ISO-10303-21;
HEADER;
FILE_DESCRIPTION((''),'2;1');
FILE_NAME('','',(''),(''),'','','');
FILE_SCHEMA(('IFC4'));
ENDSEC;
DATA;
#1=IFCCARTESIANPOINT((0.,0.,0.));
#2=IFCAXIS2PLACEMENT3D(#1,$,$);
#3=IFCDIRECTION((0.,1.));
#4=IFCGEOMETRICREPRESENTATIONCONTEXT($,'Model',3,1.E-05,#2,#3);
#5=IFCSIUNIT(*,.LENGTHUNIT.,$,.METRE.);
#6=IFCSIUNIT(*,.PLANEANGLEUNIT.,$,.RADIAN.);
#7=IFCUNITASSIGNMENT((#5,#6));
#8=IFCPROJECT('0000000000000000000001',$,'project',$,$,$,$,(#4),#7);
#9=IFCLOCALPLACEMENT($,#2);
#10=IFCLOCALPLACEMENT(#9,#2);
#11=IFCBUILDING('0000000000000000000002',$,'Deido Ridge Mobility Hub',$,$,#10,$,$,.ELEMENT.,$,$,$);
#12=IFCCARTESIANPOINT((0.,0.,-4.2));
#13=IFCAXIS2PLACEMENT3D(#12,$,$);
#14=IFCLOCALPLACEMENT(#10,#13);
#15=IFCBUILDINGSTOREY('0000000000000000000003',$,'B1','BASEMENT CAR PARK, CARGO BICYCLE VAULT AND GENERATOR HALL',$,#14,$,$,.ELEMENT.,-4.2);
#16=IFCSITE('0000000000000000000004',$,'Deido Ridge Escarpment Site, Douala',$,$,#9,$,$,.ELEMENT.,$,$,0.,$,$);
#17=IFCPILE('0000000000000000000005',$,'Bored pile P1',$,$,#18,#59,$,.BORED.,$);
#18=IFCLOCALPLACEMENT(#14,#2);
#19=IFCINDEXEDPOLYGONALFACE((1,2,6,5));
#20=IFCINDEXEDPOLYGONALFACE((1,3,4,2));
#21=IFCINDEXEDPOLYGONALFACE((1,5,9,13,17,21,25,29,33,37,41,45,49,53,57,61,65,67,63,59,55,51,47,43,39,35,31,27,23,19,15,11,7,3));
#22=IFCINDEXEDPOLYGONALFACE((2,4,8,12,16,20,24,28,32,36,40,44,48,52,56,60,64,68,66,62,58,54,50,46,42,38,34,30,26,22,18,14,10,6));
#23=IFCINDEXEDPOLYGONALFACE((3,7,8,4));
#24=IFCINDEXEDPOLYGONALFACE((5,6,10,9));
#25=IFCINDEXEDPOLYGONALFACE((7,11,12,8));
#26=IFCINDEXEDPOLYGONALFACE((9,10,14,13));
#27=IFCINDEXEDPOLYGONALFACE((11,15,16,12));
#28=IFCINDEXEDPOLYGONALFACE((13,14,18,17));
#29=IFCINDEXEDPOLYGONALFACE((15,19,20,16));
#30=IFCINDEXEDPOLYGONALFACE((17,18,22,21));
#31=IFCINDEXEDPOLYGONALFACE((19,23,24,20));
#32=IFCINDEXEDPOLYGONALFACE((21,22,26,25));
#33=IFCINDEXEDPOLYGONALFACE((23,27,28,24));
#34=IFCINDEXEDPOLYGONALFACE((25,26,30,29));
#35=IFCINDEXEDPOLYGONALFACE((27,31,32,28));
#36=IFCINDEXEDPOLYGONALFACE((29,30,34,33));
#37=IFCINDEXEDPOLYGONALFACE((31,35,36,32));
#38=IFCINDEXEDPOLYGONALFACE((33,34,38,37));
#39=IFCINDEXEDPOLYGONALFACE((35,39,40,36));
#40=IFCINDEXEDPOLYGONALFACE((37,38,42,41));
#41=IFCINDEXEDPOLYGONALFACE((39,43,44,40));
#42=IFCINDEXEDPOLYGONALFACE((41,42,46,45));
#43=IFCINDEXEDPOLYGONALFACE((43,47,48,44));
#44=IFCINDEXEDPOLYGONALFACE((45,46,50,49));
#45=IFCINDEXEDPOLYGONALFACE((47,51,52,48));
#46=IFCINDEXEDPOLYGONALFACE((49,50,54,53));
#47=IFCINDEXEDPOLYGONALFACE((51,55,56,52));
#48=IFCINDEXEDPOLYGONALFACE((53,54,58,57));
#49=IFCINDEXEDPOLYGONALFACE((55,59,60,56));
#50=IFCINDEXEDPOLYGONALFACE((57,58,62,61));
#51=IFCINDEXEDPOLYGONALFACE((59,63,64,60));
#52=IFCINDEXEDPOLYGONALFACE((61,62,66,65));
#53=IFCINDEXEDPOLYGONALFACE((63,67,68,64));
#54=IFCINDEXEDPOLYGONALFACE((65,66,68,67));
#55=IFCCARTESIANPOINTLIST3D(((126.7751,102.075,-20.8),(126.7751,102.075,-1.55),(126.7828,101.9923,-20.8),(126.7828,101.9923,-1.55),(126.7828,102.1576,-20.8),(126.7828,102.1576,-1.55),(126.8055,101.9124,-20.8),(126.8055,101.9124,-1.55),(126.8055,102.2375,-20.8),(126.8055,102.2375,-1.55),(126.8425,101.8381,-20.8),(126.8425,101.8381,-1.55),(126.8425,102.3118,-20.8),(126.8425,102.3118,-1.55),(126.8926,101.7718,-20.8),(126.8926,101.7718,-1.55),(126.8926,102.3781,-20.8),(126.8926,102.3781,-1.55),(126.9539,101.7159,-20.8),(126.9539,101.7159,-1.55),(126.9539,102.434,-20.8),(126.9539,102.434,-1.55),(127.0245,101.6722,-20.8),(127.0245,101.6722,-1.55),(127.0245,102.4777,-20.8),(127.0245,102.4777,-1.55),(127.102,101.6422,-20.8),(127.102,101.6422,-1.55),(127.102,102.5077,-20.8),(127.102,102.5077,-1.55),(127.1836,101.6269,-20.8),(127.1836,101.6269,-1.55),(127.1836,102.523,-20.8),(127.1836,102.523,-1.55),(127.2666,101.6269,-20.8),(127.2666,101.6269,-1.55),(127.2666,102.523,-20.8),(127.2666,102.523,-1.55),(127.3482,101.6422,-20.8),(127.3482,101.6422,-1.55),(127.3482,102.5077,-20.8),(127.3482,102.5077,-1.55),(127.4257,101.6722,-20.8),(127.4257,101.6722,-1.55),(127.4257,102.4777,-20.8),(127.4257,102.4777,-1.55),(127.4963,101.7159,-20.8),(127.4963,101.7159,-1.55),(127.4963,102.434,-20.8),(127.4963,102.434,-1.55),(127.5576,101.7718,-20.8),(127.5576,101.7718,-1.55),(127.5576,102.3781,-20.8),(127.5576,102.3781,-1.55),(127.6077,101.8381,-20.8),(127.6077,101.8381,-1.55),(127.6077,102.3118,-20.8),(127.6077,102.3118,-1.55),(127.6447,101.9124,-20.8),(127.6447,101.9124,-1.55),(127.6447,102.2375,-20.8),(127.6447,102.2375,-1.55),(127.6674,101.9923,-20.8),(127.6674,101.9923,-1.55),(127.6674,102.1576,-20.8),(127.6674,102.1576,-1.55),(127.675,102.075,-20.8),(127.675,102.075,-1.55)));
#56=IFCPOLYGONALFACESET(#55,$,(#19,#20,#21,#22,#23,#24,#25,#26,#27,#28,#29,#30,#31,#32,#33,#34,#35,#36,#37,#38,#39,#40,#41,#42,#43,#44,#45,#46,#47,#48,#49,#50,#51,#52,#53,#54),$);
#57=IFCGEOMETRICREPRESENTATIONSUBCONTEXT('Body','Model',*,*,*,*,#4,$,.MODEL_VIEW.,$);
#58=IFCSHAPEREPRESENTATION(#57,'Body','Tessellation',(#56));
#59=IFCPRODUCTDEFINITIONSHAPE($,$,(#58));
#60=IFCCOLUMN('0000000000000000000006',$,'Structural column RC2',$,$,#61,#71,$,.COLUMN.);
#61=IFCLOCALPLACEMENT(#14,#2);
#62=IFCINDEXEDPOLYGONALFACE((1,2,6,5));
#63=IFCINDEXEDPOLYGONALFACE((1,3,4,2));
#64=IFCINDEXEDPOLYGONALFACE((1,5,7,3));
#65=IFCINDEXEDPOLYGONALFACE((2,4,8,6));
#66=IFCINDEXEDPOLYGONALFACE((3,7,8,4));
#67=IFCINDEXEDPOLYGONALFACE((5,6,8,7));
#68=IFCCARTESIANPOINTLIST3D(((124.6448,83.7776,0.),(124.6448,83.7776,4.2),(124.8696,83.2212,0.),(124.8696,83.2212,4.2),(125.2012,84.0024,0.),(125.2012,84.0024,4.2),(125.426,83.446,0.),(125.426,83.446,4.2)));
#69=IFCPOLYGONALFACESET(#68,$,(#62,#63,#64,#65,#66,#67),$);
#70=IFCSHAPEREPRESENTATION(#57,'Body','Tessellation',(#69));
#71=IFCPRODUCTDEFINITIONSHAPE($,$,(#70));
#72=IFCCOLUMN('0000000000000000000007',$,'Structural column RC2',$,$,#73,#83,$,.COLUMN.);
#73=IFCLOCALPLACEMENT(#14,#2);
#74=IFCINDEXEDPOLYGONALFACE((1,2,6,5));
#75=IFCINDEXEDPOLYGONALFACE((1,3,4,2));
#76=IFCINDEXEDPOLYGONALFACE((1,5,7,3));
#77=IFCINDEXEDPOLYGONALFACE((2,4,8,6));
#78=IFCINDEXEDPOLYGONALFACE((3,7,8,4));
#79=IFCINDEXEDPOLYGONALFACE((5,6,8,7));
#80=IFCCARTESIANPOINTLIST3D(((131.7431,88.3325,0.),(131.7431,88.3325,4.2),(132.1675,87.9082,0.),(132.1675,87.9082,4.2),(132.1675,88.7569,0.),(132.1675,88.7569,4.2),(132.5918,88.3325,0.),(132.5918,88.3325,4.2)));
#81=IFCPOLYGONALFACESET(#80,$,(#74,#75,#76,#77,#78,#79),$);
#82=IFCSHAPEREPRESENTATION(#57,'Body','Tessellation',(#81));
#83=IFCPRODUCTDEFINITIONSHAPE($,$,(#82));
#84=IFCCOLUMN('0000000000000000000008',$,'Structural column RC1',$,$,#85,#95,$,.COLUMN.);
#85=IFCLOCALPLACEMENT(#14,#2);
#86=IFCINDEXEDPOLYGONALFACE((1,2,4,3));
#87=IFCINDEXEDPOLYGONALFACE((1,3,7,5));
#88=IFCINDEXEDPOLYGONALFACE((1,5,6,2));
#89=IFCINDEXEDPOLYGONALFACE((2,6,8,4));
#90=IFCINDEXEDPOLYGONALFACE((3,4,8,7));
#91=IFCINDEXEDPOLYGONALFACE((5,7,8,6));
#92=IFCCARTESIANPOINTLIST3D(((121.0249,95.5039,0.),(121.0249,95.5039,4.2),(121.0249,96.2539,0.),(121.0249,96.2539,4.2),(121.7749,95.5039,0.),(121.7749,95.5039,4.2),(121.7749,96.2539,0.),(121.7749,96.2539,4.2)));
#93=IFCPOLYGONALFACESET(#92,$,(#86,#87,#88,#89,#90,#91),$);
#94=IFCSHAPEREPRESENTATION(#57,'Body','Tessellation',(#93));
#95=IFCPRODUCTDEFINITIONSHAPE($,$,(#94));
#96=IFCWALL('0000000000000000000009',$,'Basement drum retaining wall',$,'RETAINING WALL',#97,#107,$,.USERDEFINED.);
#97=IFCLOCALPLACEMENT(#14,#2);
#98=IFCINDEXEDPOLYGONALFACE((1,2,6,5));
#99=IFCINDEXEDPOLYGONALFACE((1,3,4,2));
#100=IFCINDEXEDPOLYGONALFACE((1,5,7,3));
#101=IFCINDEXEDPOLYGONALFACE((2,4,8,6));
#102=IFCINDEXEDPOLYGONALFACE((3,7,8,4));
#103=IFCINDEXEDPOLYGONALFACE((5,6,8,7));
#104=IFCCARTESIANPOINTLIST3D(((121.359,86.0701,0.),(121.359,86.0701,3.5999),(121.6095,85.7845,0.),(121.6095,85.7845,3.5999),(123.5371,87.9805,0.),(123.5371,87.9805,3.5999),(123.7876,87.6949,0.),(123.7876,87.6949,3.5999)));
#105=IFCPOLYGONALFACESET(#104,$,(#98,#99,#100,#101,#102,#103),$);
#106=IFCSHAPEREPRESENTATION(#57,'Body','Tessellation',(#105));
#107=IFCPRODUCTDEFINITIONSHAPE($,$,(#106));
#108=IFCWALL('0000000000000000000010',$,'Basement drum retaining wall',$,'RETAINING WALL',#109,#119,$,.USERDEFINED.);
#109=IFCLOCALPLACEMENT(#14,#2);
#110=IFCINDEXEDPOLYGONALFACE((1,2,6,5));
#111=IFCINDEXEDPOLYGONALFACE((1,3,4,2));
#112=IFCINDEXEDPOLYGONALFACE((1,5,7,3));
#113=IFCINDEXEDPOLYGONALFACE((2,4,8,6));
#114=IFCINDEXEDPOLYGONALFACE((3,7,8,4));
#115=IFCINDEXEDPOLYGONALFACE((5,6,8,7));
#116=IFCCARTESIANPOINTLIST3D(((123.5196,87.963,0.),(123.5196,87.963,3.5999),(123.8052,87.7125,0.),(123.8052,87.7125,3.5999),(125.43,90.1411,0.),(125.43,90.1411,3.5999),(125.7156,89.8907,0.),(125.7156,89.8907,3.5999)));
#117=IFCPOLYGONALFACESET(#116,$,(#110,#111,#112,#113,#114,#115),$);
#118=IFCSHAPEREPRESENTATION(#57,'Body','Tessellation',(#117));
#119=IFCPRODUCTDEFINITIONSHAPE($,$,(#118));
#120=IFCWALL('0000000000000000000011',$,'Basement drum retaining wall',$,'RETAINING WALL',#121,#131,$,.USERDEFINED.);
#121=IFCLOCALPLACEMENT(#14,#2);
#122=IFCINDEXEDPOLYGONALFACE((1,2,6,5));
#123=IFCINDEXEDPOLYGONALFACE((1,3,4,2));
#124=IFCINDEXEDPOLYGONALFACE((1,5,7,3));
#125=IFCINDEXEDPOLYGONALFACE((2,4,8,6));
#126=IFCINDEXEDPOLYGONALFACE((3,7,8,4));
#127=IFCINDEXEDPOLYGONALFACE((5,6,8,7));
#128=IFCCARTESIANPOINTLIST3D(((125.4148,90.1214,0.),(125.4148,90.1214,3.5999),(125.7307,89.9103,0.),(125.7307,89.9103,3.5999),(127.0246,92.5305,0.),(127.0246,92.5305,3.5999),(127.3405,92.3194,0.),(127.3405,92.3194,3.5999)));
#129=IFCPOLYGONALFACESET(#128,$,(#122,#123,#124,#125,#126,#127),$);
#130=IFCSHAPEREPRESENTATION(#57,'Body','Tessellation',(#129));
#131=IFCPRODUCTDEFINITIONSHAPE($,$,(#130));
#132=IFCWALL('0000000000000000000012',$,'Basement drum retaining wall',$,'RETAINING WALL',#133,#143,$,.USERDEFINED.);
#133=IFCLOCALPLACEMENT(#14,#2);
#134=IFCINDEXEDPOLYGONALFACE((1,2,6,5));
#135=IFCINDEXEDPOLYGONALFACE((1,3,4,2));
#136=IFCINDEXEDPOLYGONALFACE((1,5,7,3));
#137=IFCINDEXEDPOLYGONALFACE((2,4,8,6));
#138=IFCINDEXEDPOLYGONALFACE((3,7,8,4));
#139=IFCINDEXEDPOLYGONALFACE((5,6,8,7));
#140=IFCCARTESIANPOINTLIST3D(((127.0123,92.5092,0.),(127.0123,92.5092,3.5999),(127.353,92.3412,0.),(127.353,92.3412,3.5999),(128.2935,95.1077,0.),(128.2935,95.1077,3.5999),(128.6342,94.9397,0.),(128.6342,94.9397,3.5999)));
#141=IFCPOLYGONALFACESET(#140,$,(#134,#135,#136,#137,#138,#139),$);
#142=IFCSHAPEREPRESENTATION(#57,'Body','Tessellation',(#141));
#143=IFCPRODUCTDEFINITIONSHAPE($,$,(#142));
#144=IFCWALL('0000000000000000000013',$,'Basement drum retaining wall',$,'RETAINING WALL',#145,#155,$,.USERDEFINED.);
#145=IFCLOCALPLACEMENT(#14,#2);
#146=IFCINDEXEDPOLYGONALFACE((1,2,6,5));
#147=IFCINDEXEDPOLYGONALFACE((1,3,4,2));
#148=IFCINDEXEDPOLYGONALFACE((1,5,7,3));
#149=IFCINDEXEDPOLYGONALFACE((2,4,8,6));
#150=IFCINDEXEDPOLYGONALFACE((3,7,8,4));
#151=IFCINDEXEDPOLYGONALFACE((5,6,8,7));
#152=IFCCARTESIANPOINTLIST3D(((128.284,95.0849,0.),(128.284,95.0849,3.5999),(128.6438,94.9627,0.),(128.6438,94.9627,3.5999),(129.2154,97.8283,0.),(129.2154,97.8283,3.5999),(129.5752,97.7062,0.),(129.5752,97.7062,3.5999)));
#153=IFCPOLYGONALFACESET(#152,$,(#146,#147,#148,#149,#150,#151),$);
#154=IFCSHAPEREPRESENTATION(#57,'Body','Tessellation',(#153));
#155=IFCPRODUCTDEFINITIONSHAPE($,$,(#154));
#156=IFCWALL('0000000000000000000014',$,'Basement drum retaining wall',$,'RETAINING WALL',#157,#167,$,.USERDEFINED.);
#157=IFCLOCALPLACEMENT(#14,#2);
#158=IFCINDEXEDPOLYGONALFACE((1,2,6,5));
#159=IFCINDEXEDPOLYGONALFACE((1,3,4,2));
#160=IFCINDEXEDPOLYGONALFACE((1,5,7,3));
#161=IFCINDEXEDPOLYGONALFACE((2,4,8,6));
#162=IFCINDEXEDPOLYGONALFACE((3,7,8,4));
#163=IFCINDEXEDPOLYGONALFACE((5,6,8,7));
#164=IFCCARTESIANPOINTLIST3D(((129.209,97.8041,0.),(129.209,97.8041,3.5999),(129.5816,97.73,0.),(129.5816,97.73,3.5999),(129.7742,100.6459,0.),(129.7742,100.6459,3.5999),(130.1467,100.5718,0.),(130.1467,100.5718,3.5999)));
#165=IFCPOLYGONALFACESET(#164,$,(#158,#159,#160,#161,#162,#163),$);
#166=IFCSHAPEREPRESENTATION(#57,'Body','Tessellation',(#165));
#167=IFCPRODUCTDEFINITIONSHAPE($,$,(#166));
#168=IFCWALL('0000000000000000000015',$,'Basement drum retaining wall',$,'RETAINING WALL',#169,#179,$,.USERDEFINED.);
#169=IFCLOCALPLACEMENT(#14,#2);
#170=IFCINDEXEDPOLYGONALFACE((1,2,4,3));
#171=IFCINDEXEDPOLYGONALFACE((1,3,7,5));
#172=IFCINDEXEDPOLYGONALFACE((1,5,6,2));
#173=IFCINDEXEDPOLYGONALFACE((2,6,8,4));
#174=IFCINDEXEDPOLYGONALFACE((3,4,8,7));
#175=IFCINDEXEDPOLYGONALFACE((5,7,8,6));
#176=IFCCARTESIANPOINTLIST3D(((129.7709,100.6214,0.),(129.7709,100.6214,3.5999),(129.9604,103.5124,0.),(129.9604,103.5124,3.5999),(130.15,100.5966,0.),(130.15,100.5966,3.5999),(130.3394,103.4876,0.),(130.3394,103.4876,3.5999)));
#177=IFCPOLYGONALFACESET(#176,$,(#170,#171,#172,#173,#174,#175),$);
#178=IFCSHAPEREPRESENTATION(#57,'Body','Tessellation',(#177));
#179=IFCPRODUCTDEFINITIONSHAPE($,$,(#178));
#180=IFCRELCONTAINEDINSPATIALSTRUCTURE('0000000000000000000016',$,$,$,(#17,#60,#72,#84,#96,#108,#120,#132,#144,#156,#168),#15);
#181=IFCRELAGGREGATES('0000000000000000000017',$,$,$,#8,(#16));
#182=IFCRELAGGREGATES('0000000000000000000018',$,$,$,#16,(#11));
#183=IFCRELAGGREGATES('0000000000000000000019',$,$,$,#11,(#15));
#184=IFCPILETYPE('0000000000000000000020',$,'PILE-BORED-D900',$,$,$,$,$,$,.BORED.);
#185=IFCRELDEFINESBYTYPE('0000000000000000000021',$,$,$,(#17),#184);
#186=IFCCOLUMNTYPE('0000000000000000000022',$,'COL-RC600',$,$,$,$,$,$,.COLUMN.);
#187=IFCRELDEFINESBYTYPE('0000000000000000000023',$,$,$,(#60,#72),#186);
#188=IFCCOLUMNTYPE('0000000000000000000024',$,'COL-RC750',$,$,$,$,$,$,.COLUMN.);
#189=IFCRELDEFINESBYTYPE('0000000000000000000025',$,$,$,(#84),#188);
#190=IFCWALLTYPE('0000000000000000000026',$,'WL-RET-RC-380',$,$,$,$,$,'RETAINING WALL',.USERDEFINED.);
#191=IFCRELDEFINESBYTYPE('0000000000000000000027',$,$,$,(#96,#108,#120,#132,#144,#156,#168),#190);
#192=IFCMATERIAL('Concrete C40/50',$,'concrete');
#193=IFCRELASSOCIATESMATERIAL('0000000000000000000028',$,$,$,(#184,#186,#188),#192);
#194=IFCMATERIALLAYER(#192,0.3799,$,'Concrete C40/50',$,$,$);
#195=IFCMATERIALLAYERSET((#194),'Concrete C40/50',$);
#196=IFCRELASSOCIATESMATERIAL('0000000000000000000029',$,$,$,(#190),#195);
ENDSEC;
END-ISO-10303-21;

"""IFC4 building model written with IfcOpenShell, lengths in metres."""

from ifc_helpers import new_model, si_unit, direction, frame, frame_2d, origin, origin_2d, place, context, subcontext, project, spatial, rectangle, circle, extrude, material, layer, layer_set, material_profile, profile_set, type_object, element, save


model = new_model("IFC4")

# Units and contexts
model_context = context("Model", 3, precision=1e-05, world=origin(), true_north=direction((0.0, 1.0)))
body_context = subcontext(model_context, "Body", "Model", "MODEL_VIEW")
ifc_project = project(units=[si_unit("LENGTHUNIT", "METRE"), si_unit("PLANEANGLEUNIT", "RADIAN")], contexts=[model_context])

# Site, building, storey
site_placement = place(None, origin())
site = spatial("IfcSite", under=ifc_project, at=site_placement, Name="Deido Ridge Escarpment Site, Douala", CompositionType="ELEMENT", RefElevation=0.0)
building_placement = place(site_placement, origin())
building = spatial("IfcBuilding", under=site, at=building_placement, Name="Deido Ridge Mobility Hub", CompositionType="ELEMENT")
storey_placement = place(building_placement, frame((0.0, 0.0, -4.2)))
storey = spatial("IfcBuildingStorey", under=building, at=storey_placement, Name="B1", Description="BASEMENT CAR PARK, CARGO BICYCLE VAULT AND GENERATOR HALL", CompositionType="ELEMENT", Elevation=-4.2)

# Shared definitions
ifc_material = material(Name="Concrete C40/50", Category="concrete")

# Pile
ifc_material_profile_1 = material_profile(ifc_material, circle(Radius=0.45, at=origin_2d()), Name="BORED PILE D900")
ifc_profile_set_1 = profile_set([ifc_material_profile_1], Name="Concrete C40/50")
pile_type = type_object("IfcPileType", Name="PILE-BORED-D900", PredefinedType="BORED", material=ifc_profile_set_1)
for number, where, z_axis, x_axis, name in (
    (1, (127.2251, 102.075, -1.55), (0.0, 0.0, -1.0), (1.0, 0.0, 0.0), "Bored pile P1"),
):
    element("IfcPile", number, at=place(storey_placement, frame(where, z_axis=z_axis, x_axis=x_axis)), inside=storey, type_object=pile_type, Name=name, PredefinedType="BORED", context=body_context, shape_type="SweptSolid", body=[
        extrude(circle(Radius=0.45, at=origin_2d()), origin(), (0.0, 0.0, 1.0), 19.25),
    ])

# Columns
ifc_material_profile_2 = material_profile(ifc_material, rectangle(XDim=0.6001, YDim=0.6001, at=origin_2d()), Name="RC COL 600x600")
ifc_profile_set_2 = profile_set([ifc_material_profile_2], Name="Concrete C40/50")
column_type_1 = type_object("IfcColumnType", Name="COL-RC600", PredefinedType="COLUMN", material=ifc_profile_set_2)
for number, where, z_axis, x_axis, name in (
    (2, (125.0354, 83.6118, 0.0), (0.0, 0.0, 1.0), (0.374607, -0.927184, 0.0), "Structural column RC2"),
    (3, (132.1675, 88.3325, 0.0), (0.0, 0.0, 1.0), (0.707107, -0.707107, 0.0), "Structural column RC2"),
):
    element("IfcColumn", number, at=place(storey_placement, frame(where, z_axis=z_axis, x_axis=x_axis)), inside=storey, type_object=column_type_1, Name=name, PredefinedType="COLUMN", context=body_context, shape_type="SweptSolid", body=[
        extrude(rectangle(XDim=0.6001, YDim=0.6001, at=origin_2d()), origin(), (0.0, 0.0, 1.0), 4.2),
    ])
ifc_material_profile_3 = material_profile(ifc_material, rectangle(XDim=0.75, YDim=0.75, at=origin_2d()), Name="RC COL 750x750")
ifc_profile_set_3 = profile_set([ifc_material_profile_3], Name="Concrete C40/50")
column_type_2 = type_object("IfcColumnType", Name="COL-RC750", PredefinedType="COLUMN", material=ifc_profile_set_3)
column_placement = place(storey_placement, frame((121.3999, 95.8789, 0.0), z_axis=(0.0, 0.0, 1.0), x_axis=(1.0, 0.0, 0.0)))
element("IfcColumn", 4, at=column_placement, inside=storey, type_object=column_type_2, Name="Structural column RC1", PredefinedType="COLUMN", context=body_context, shape_type="SweptSolid", body=[
    extrude(rectangle(XDim=0.75, YDim=0.75, at=origin_2d()), origin(), (0.0, 0.0, 1.0), 4.2),
])

# Walls
ifc_layer = layer(ifc_material, 0.3799, Name="Concrete C40/50")
ifc_layer_set = layer_set([ifc_layer], Name="Concrete C40/50")
wall_type = type_object("IfcWallType", Name="WL-RET-RC-380", ElementType="RETAINING WALL", PredefinedType="USERDEFINED", material=ifc_layer_set)
for number, where, z_axis, x_axis, name in (
    (5, (121.4841, 85.9272, 0.0), (0.0, 0.0, 1.0), (0.751814, 0.659375, 0.0), "Basement drum retaining wall"),
    (6, (123.6624, 87.8376, 0.0), (0.0, 0.0, 1.0), (0.659375, 0.751814, 0.0), "Basement drum retaining wall"),
):
    element("IfcWall", number, at=place(storey_placement, frame(where, z_axis=z_axis, x_axis=x_axis)), inside=storey, type_object=wall_type, Name=name, ObjectType="RETAINING WALL", PredefinedType="USERDEFINED", context=body_context, shape_type="SweptSolid", body=[
        extrude(rectangle(XDim=2.8972, YDim=0.3799, at=frame_2d((1.4487, 0.0))), origin(), (0.0, 0.0, 1.0), 3.5999),
    ])
wall_1_placement = place(storey_placement, frame((125.5728, 90.0159, 0.0), z_axis=(0.0, 0.0, 1.0), x_axis=(0.555594, 0.831454, 0.0)))
element("IfcWall", 7, at=wall_1_placement, inside=storey, type_object=wall_type, Name="Basement drum retaining wall", ObjectType="RETAINING WALL", PredefinedType="USERDEFINED", context=body_context, shape_type="SweptSolid", body=[
    extrude(rectangle(XDim=2.8975, YDim=0.3799, at=frame_2d((1.4487, 0.0))), origin(), (0.0, 0.0, 1.0), 3.5999),
])
for number, where, z_axis, x_axis, name in (
    (8, (127.1826, 92.425, 0.0), (0.0, 0.0, 1.0), (0.442218, 0.896907, 0.0), "Basement drum retaining wall"),
    (9, (128.4639, 95.0237, 0.0), (0.0, 0.0, 1.0), (0.321481, 0.946916, 0.0), "Basement drum retaining wall"),
):
    element("IfcWall", number, at=place(storey_placement, frame(where, z_axis=z_axis, x_axis=x_axis)), inside=storey, type_object=wall_type, Name=name, ObjectType="RETAINING WALL", PredefinedType="USERDEFINED", context=body_context, shape_type="SweptSolid", body=[
        extrude(rectangle(XDim=2.8972, YDim=0.3799, at=frame_2d((1.4487, 0.0))), origin(), (0.0, 0.0, 1.0), 3.5999),
    ])
wall_2_placement = place(storey_placement, frame((129.3953, 97.7671, 0.0), z_axis=(0.0, 0.0, 1.0), x_axis=(0.195063, 0.980791, 0.0)))
element("IfcWall", 10, at=wall_2_placement, inside=storey, type_object=wall_type, Name="Basement drum retaining wall", ObjectType="RETAINING WALL", PredefinedType="USERDEFINED", context=body_context, shape_type="SweptSolid", body=[
    extrude(rectangle(XDim=2.8975, YDim=0.3799, at=frame_2d((1.4487, 0.0))), origin(), (0.0, 0.0, 1.0), 3.5999),
])
wall_3_placement = place(storey_placement, frame((129.9604, 100.6089, 0.0), z_axis=(0.0, 0.0, 1.0), x_axis=(0.065389, 0.99786, 0.0)))
element("IfcWall", 11, at=wall_3_placement, inside=storey, type_object=wall_type, Name="Basement drum retaining wall", ObjectType="RETAINING WALL", PredefinedType="USERDEFINED", context=body_context, shape_type="SweptSolid", body=[
    extrude(rectangle(XDim=2.8972, YDim=0.3799, at=frame_2d((1.4487, 0.0))), origin(), (0.0, 0.0, 1.0), 3.5999),
])

save(model, "model.ifc")
